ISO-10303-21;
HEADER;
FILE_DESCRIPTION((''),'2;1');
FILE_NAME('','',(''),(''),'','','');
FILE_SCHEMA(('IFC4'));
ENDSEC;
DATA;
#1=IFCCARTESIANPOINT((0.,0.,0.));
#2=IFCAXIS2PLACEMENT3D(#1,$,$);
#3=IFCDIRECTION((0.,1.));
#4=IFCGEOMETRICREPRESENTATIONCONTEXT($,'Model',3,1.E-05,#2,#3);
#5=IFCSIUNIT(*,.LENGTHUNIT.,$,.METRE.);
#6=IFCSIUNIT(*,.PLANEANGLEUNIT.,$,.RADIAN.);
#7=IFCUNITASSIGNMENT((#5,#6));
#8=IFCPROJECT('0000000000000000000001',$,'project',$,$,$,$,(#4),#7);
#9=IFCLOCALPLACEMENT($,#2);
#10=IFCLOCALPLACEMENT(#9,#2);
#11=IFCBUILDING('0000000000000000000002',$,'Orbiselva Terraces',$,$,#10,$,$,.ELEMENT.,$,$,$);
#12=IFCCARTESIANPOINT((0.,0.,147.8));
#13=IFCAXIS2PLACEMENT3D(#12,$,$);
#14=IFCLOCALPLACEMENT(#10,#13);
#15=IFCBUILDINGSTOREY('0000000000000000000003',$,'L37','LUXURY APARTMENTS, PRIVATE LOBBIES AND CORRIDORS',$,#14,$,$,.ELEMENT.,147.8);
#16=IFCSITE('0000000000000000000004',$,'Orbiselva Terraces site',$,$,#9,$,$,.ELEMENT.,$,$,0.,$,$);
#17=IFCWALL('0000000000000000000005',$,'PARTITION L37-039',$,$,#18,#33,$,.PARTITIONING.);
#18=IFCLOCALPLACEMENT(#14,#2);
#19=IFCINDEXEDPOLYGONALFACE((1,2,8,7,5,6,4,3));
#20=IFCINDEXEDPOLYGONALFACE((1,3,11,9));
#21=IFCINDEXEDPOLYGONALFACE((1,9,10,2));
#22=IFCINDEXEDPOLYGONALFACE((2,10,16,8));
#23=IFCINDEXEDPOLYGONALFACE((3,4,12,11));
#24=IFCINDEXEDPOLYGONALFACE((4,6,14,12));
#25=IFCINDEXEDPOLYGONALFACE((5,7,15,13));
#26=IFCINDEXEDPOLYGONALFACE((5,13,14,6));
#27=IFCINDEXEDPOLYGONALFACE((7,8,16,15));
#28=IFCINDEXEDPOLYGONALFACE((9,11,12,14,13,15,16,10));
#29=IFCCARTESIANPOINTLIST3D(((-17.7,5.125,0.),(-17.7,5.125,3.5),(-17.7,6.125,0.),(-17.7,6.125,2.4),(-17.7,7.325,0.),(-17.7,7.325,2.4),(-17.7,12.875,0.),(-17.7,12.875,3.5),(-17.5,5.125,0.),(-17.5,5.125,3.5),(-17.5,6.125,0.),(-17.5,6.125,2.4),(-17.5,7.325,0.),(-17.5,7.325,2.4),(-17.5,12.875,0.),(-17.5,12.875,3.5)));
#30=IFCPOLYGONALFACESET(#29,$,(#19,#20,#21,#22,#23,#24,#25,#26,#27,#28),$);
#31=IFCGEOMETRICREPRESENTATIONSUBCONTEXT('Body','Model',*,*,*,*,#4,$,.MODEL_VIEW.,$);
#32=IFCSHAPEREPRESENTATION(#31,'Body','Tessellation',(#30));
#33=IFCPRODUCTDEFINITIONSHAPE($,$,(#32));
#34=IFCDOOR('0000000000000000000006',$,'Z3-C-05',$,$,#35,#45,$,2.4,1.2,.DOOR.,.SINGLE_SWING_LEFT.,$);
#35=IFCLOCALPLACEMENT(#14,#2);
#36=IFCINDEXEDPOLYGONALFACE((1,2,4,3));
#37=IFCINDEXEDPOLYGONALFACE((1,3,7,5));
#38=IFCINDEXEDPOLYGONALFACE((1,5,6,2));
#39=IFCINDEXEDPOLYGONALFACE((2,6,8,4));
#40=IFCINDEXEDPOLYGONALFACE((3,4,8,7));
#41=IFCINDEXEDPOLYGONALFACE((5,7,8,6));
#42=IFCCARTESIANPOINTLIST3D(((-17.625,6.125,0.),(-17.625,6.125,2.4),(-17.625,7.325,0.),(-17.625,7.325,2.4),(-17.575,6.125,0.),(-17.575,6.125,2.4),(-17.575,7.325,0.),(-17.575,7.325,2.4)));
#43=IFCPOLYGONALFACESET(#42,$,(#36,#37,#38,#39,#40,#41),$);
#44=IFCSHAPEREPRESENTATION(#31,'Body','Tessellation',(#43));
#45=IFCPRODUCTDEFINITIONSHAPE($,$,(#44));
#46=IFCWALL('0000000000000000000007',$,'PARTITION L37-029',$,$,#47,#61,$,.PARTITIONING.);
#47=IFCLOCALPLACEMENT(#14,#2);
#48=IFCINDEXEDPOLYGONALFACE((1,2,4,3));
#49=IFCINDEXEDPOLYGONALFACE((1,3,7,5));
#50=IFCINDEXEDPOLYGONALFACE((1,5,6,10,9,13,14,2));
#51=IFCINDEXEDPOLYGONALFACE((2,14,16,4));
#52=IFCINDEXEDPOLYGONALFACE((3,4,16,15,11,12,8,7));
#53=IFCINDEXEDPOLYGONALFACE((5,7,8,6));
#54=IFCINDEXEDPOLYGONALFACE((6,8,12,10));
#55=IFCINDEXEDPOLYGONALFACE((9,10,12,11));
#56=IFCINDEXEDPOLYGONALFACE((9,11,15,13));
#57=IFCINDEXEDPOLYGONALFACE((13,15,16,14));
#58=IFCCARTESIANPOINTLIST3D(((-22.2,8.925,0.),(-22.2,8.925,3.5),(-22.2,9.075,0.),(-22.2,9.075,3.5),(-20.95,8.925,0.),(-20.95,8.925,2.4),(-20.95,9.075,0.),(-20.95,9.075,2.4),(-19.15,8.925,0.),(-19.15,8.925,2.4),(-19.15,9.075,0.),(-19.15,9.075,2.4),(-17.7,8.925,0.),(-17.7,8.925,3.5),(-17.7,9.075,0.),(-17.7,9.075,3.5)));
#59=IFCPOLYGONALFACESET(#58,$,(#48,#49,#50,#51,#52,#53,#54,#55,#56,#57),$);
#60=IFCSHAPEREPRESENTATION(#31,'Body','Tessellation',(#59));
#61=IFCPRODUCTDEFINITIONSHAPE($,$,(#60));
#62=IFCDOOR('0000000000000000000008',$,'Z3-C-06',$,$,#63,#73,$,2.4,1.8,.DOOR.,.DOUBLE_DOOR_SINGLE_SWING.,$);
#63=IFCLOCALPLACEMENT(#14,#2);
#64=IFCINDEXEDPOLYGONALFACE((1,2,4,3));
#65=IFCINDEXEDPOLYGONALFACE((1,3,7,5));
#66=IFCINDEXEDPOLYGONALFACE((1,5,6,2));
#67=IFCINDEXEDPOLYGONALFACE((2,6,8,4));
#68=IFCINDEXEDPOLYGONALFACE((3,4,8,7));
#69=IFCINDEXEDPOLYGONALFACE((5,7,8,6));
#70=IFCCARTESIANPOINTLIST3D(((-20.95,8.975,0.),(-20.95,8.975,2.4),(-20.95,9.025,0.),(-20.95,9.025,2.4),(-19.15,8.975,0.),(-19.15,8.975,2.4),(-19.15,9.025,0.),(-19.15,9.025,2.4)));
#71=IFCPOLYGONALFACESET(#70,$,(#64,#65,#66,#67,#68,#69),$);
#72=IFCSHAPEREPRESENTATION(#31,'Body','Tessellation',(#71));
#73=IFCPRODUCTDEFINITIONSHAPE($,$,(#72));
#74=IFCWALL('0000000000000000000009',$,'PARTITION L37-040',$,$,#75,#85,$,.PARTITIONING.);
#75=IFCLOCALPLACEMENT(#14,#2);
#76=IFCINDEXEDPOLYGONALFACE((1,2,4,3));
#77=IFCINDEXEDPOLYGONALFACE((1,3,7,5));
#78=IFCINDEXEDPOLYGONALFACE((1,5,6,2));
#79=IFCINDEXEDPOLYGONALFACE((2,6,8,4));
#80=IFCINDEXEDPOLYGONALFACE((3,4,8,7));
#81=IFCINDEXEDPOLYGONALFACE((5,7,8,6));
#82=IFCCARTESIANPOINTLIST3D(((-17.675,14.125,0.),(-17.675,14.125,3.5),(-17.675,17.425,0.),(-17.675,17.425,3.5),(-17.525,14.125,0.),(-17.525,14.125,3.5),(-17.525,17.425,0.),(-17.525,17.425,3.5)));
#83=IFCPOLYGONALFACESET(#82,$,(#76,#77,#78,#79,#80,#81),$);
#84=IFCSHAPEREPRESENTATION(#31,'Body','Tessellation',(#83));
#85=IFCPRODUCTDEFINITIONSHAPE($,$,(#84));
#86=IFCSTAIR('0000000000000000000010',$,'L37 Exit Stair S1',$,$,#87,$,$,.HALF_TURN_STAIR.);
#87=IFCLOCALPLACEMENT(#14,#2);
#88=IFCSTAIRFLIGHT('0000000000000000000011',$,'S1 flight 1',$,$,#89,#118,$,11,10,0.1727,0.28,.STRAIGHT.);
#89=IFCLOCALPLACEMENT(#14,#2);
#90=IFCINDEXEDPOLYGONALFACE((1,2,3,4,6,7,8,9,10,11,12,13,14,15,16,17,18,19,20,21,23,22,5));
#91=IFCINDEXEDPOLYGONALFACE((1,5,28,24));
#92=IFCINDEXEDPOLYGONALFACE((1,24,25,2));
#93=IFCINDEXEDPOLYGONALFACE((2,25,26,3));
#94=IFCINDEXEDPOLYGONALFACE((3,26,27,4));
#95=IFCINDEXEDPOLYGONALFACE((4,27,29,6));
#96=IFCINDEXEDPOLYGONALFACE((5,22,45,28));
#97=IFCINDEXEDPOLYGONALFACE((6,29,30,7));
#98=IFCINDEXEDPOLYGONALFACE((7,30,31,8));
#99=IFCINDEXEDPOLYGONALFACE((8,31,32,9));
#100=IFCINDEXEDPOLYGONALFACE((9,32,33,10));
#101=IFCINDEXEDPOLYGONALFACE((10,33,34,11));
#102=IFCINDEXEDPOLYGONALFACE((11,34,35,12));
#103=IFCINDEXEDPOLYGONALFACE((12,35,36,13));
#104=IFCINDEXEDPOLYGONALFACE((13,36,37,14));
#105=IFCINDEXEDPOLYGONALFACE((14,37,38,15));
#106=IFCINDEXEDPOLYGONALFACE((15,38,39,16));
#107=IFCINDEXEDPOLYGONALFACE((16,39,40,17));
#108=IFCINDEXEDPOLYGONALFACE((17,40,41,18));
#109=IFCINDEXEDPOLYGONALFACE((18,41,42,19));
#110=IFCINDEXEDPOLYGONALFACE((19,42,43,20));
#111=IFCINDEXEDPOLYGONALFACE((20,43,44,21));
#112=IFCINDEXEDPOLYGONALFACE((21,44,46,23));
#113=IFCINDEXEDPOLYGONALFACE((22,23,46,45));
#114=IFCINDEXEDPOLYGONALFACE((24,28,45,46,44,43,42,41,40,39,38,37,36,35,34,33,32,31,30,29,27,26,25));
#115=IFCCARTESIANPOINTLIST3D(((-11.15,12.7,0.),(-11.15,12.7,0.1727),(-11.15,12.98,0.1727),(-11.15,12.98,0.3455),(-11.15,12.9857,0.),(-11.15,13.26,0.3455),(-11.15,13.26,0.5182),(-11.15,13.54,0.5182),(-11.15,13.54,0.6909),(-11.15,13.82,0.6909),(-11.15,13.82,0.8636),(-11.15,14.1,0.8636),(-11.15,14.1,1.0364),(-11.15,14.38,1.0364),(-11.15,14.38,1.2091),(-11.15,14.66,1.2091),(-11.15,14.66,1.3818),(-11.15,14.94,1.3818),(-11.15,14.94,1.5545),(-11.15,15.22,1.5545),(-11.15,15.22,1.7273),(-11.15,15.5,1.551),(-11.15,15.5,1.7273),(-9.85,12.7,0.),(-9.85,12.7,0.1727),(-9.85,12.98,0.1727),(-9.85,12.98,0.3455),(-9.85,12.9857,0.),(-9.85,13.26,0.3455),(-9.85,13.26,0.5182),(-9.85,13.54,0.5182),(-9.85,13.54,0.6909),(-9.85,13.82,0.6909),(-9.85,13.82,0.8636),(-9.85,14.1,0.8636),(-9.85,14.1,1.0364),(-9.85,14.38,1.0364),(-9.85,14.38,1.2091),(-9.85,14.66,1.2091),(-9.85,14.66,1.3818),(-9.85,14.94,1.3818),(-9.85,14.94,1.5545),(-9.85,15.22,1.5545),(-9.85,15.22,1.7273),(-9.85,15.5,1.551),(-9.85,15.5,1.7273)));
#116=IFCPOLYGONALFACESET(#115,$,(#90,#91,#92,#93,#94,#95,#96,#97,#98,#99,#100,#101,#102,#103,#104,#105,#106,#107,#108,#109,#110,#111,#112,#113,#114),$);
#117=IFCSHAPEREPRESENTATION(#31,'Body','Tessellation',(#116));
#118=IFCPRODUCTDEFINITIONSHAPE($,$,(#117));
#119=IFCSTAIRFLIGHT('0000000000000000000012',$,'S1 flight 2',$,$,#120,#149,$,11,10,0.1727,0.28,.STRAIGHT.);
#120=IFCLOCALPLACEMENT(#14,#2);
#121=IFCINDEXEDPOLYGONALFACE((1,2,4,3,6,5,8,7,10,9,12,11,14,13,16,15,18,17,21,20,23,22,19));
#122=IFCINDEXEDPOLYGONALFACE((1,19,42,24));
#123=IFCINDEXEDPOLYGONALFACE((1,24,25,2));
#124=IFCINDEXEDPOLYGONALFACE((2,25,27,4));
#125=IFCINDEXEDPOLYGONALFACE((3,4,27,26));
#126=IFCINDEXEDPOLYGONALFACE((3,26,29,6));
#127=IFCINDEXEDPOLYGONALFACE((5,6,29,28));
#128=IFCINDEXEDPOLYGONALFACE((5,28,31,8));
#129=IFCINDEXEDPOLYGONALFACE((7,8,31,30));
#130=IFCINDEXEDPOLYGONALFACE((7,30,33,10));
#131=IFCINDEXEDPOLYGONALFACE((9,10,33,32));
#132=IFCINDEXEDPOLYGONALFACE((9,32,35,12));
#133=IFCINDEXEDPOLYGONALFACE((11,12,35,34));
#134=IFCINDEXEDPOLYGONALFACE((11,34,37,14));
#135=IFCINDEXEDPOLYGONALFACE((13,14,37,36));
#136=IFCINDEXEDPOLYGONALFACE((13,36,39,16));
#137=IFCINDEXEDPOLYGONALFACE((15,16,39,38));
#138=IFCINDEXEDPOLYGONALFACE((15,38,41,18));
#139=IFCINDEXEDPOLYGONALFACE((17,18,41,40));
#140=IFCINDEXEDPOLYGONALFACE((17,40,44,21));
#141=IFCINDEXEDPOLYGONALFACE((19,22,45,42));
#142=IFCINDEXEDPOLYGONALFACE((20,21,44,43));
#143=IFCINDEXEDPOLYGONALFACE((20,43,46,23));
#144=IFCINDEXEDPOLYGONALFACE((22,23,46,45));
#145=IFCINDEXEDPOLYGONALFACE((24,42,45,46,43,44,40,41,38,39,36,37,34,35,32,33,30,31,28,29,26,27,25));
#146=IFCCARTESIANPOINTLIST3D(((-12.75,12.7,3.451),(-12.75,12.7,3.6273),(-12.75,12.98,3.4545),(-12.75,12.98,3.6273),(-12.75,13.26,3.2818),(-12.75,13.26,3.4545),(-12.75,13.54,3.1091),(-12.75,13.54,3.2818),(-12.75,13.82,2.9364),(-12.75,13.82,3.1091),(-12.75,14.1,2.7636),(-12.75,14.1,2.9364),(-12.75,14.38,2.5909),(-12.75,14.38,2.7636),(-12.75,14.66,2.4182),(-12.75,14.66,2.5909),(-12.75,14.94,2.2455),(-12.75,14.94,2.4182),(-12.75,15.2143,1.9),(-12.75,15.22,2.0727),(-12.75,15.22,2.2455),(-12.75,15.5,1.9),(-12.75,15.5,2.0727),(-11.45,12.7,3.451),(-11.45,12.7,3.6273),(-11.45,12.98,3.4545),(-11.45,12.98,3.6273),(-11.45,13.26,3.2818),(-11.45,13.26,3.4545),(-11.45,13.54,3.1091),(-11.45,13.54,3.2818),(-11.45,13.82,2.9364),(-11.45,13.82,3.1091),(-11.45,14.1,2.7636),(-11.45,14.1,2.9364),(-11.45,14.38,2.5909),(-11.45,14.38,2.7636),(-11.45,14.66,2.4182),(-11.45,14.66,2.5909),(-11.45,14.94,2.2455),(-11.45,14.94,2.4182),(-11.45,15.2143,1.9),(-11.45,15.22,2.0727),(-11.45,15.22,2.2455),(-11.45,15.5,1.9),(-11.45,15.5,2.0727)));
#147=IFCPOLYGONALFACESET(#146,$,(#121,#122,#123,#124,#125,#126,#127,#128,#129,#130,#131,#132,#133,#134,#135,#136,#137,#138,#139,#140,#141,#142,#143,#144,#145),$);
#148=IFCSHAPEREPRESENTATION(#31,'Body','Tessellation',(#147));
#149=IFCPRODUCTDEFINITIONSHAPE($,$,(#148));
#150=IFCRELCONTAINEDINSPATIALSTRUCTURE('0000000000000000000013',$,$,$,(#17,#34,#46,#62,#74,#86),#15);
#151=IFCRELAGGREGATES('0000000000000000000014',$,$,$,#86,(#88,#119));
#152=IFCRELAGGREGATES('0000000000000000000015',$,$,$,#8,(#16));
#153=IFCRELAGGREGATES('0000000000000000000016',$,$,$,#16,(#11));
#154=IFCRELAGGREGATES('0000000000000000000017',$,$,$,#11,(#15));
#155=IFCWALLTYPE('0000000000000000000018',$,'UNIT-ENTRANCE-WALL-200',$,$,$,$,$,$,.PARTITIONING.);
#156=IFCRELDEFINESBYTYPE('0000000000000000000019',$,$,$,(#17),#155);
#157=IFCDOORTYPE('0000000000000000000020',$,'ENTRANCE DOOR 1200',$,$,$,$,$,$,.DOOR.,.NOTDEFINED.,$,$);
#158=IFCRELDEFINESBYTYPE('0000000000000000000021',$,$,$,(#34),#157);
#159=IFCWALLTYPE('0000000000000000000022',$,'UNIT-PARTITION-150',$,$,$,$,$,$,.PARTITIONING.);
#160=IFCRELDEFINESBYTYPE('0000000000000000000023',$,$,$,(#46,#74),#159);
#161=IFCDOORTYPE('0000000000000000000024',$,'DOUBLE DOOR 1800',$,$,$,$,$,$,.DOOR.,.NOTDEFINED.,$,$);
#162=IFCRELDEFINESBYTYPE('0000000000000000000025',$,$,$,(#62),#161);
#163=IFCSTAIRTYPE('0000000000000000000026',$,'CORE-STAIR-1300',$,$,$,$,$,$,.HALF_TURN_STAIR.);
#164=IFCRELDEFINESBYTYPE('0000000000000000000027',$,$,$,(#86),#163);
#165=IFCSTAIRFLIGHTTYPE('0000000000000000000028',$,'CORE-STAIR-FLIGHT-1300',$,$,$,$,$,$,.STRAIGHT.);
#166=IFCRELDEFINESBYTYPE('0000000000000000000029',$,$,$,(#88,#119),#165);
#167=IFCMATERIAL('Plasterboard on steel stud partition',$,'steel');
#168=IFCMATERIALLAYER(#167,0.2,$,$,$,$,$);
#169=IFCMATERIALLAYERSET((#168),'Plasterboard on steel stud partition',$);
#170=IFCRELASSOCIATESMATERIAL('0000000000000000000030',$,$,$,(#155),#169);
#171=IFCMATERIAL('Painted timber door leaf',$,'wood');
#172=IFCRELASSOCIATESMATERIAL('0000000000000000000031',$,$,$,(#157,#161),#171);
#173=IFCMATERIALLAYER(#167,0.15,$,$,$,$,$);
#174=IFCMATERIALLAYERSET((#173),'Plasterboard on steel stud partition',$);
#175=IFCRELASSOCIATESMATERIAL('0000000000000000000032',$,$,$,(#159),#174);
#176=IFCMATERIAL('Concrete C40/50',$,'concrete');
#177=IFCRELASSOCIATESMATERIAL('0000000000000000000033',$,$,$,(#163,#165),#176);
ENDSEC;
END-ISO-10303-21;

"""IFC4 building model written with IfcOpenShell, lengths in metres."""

from ifc_helpers import new_model, si_unit, direction, frame, frame_2d, origin, place, context, subcontext, project, spatial, polyline, rectangle, outline, extrude, material, layer, layer_set, type_object, element, fill, aggregate, save


model = new_model("IFC4")

# Units and contexts
model_context = context("Model", 3, precision=1e-05, world=origin(), true_north=direction((0.0, 1.0)))
body_context = subcontext(model_context, "Body", "Model", "MODEL_VIEW")
ifc_project = project(units=[si_unit("LENGTHUNIT", "METRE"), si_unit("PLANEANGLEUNIT", "RADIAN")], contexts=[model_context])

# Site, building, storey
site_placement = place(None, origin())
site = spatial("IfcSite", under=ifc_project, at=site_placement, Name="Orbiselva Terraces site", CompositionType="ELEMENT", RefElevation=0.0)
building_placement = place(site_placement, origin())
building = spatial("IfcBuilding", under=site, at=building_placement, Name="Orbiselva Terraces", CompositionType="ELEMENT")
storey_placement = place(building_placement, frame((0.0, 0.0, 147.8)))
storey = spatial("IfcBuildingStorey", under=building, at=storey_placement, Name="L37", Description="LUXURY APARTMENTS, PRIVATE LOBBIES AND CORRIDORS", CompositionType="ELEMENT", Elevation=147.8)

# Walls, openings, doors
ifc_material_1 = material(Name="Plasterboard on steel stud partition", Category="steel")
ifc_layer_1 = layer(ifc_material_1, 0.2)
ifc_layer_set_1 = layer_set([ifc_layer_1], Name="Plasterboard on steel stud partition")
wall_type_1 = type_object("IfcWallType", Name="UNIT-ENTRANCE-WALL-200", PredefinedType="PARTITIONING", material=ifc_layer_set_1)
ifc_material_2 = material(Name="Painted timber door leaf", Category="wood")
wall_1_placement = place(storey_placement, frame((-17.6, 5.125, 0.0), z_axis=(0.0, 0.0, 1.0), x_axis=(0.0, 1.0, 0.0)))
wall_1 = element("IfcWall", 1, at=wall_1_placement, inside=storey, type_object=wall_type_1, Name="PARTITION L37-039", PredefinedType="PARTITIONING", context=body_context, shape_type="SweptSolid", body=[
    extrude(rectangle(XDim=7.75, YDim=0.2, at=frame_2d((3.875, 0.0))), origin(), (0.0, 0.0, 1.0), 3.5),
])
opening_1_placement = place(wall_1_placement, frame((1.0, 0.0, 0.0)))
opening_1 = element("IfcOpeningElement", 2, at=opening_1_placement, cuts=wall_1, PredefinedType="OPENING", context=body_context, shape_type="SweptSolid", body=[
    extrude(rectangle(XDim=1.2, YDim=2.4, at=frame_2d((0.6, 1.2))), frame((0.0, 0.11, 0.0), z_axis=(0.0, -1.0, 0.0), x_axis=(1.0, 0.0, 0.0)), (0.0, 0.0, 1.0), 0.22),
])
door_type_1 = type_object("IfcDoorType", Name="ENTRANCE DOOR 1200", OperationType="NOTDEFINED", PredefinedType="DOOR", material=ifc_material_2)
door_1_placement = place(opening_1_placement, origin())
door_1 = element("IfcDoor", 3, at=door_1_placement, inside=storey, type_object=door_type_1, Name="Z3-C-05", OperationType="SINGLE_SWING_LEFT", OverallHeight=2.4, OverallWidth=1.2, PredefinedType="DOOR", context=body_context, shape_type="SweptSolid", body=[
    extrude(rectangle(XDim=1.2, YDim=2.4, at=frame_2d((0.6, 1.2))), frame((0.0, 0.025, 0.0), z_axis=(0.0, -1.0, 0.0), x_axis=(1.0, 0.0, 0.0)), (0.0, 0.0, 1.0), 0.05),
])
fill(opening_1, door_1)
ifc_layer_2 = layer(ifc_material_1, 0.15)
ifc_layer_set_2 = layer_set([ifc_layer_2], Name="Plasterboard on steel stud partition")
wall_type_2 = type_object("IfcWallType", Name="UNIT-PARTITION-150", PredefinedType="PARTITIONING", material=ifc_layer_set_2)
wall_2_placement = place(storey_placement, frame((-22.2, 9.0, 0.0), z_axis=(0.0, 0.0, 1.0), x_axis=(1.0, 0.0, 0.0)))
wall_2 = element("IfcWall", 4, at=wall_2_placement, inside=storey, type_object=wall_type_2, Name="PARTITION L37-029", PredefinedType="PARTITIONING", context=body_context, shape_type="SweptSolid", body=[
    extrude(rectangle(XDim=4.5, YDim=0.15, at=frame_2d((2.25, 0.0))), origin(), (0.0, 0.0, 1.0), 3.5),
])
opening_2_placement = place(wall_2_placement, frame((1.25, 0.0, 0.0)))
opening_2 = element("IfcOpeningElement", 5, at=opening_2_placement, cuts=wall_2, PredefinedType="OPENING", context=body_context, shape_type="SweptSolid", body=[
    extrude(rectangle(XDim=1.8, YDim=2.4, at=frame_2d((0.9, 1.2))), frame((0.0, 0.085, 0.0), z_axis=(0.0, -1.0, 0.0), x_axis=(1.0, 0.0, 0.0)), (0.0, 0.0, 1.0), 0.17),
])
door_type_2 = type_object("IfcDoorType", Name="DOUBLE DOOR 1800", OperationType="NOTDEFINED", PredefinedType="DOOR", material=ifc_material_2)
door_2_placement = place(opening_2_placement, origin())
door_2 = element("IfcDoor", 6, at=door_2_placement, inside=storey, type_object=door_type_2, Name="Z3-C-06", OperationType="DOUBLE_DOOR_SINGLE_SWING", OverallHeight=2.4, OverallWidth=1.8, PredefinedType="DOOR", context=body_context, shape_type="SweptSolid", body=[
    extrude(rectangle(XDim=1.8, YDim=2.4, at=frame_2d((0.9, 1.2))), frame((0.0, 0.025, 0.0), z_axis=(0.0, -1.0, 0.0), x_axis=(1.0, 0.0, 0.0)), (0.0, 0.0, 1.0), 0.05),
])
fill(opening_2, door_2)

# Wall
wall_3_placement = place(storey_placement, frame((-17.6, 14.125, 0.0), z_axis=(0.0, 0.0, 1.0), x_axis=(0.0, 1.0, 0.0)))
element("IfcWall", 7, at=wall_3_placement, inside=storey, type_object=wall_type_2, Name="PARTITION L37-040", PredefinedType="PARTITIONING", context=body_context, shape_type="SweptSolid", body=[
    extrude(rectangle(XDim=3.3, YDim=0.15, at=frame_2d((1.65, 0.0))), origin(), (0.0, 0.0, 1.0), 3.5),
])

# Stair, stair flights
ifc_material_3 = material(Name="Concrete C40/50", Category="concrete")
stair_type = type_object("IfcStairType", Name="CORE-STAIR-1300", PredefinedType="HALF_TURN_STAIR", material=ifc_material_3)
stair_placement = place(storey_placement, origin())
stair = element("IfcStair", 8, at=stair_placement, inside=storey, type_object=stair_type, Name="L37 Exit Stair S1", PredefinedType="HALF_TURN_STAIR")
stair_flight_type = type_object("IfcStairFlightType", Name="CORE-STAIR-FLIGHT-1300", PredefinedType="STRAIGHT", material=ifc_material_3)
stair_flight_1_placement = place(storey_placement, frame((-10.5, 12.7, 0.0), z_axis=(0.0, 0.0, 1.0), x_axis=(0.0, 1.0, 0.0)))
stair_flight_1 = element("IfcStairFlight", 9, at=stair_flight_1_placement, type_object=stair_flight_type, Name="S1 flight 1", NumberOfRisers=11, NumberOfTreads=10, PredefinedType="STRAIGHT", RiserHeight=0.1727, TreadLength=0.28, context=body_context, shape_type="SweptSolid", body=[
    extrude(outline(polyline([(0.0, 0.0), (0.0, 0.1727), (0.28, 0.1727), (0.28, 0.3455), (0.56, 0.3455), (0.56, 0.5182), (0.84, 0.5182), (0.84, 0.6909), (1.12, 0.6909), (1.12, 0.8636), (1.4, 0.8636), (1.4, 1.0364), (1.68, 1.0364), (1.68, 1.2091), (1.96, 1.2091), (1.96, 1.3818), (2.24, 1.3818), (2.24, 1.5545), (2.52, 1.5545), (2.52, 1.7273), (2.8, 1.7273), (2.8, 1.9), (2.8, 1.551), (0.2857, 0.0), (0.0, 0.0)])), frame((0.0, 0.65, 0.0), z_axis=(0.0, -1.0, 0.0), x_axis=(1.0, 0.0, 0.0)), (0.0, 0.0, 1.0), 1.3),
])
stair_flight_2_placement = place(storey_placement, frame((-12.1, 15.5, 1.9), z_axis=(0.0, 0.0, 1.0), x_axis=(0.0, -1.0, 0.0)))
stair_flight_2 = element("IfcStairFlight", 10, at=stair_flight_2_placement, type_object=stair_flight_type, Name="S1 flight 2", NumberOfRisers=11, NumberOfTreads=10, PredefinedType="STRAIGHT", RiserHeight=0.1727, TreadLength=0.28, context=body_context, shape_type="SweptSolid", body=[
    extrude(outline(polyline([(0.0, 0.0), (0.0, 0.1727), (0.28, 0.1727), (0.28, 0.3455), (0.56, 0.3455), (0.56, 0.5182), (0.84, 0.5182), (0.84, 0.6909), (1.12, 0.6909), (1.12, 0.8636), (1.4, 0.8636), (1.4, 1.0364), (1.68, 1.0364), (1.68, 1.2091), (1.96, 1.2091), (1.96, 1.3818), (2.24, 1.3818), (2.24, 1.5545), (2.52, 1.5545), (2.52, 1.7273), (2.8, 1.7273), (2.8, 1.9), (2.8, 1.551), (0.2857, 0.0), (0.0, 0.0)])), frame((0.0, 0.65, 0.0), z_axis=(0.0, -1.0, 0.0), x_axis=(1.0, 0.0, 0.0)), (0.0, 0.0, 1.0), 1.3),
])
aggregate(stair, [stair_flight_1, stair_flight_2])

save(model, "model.ifc")
